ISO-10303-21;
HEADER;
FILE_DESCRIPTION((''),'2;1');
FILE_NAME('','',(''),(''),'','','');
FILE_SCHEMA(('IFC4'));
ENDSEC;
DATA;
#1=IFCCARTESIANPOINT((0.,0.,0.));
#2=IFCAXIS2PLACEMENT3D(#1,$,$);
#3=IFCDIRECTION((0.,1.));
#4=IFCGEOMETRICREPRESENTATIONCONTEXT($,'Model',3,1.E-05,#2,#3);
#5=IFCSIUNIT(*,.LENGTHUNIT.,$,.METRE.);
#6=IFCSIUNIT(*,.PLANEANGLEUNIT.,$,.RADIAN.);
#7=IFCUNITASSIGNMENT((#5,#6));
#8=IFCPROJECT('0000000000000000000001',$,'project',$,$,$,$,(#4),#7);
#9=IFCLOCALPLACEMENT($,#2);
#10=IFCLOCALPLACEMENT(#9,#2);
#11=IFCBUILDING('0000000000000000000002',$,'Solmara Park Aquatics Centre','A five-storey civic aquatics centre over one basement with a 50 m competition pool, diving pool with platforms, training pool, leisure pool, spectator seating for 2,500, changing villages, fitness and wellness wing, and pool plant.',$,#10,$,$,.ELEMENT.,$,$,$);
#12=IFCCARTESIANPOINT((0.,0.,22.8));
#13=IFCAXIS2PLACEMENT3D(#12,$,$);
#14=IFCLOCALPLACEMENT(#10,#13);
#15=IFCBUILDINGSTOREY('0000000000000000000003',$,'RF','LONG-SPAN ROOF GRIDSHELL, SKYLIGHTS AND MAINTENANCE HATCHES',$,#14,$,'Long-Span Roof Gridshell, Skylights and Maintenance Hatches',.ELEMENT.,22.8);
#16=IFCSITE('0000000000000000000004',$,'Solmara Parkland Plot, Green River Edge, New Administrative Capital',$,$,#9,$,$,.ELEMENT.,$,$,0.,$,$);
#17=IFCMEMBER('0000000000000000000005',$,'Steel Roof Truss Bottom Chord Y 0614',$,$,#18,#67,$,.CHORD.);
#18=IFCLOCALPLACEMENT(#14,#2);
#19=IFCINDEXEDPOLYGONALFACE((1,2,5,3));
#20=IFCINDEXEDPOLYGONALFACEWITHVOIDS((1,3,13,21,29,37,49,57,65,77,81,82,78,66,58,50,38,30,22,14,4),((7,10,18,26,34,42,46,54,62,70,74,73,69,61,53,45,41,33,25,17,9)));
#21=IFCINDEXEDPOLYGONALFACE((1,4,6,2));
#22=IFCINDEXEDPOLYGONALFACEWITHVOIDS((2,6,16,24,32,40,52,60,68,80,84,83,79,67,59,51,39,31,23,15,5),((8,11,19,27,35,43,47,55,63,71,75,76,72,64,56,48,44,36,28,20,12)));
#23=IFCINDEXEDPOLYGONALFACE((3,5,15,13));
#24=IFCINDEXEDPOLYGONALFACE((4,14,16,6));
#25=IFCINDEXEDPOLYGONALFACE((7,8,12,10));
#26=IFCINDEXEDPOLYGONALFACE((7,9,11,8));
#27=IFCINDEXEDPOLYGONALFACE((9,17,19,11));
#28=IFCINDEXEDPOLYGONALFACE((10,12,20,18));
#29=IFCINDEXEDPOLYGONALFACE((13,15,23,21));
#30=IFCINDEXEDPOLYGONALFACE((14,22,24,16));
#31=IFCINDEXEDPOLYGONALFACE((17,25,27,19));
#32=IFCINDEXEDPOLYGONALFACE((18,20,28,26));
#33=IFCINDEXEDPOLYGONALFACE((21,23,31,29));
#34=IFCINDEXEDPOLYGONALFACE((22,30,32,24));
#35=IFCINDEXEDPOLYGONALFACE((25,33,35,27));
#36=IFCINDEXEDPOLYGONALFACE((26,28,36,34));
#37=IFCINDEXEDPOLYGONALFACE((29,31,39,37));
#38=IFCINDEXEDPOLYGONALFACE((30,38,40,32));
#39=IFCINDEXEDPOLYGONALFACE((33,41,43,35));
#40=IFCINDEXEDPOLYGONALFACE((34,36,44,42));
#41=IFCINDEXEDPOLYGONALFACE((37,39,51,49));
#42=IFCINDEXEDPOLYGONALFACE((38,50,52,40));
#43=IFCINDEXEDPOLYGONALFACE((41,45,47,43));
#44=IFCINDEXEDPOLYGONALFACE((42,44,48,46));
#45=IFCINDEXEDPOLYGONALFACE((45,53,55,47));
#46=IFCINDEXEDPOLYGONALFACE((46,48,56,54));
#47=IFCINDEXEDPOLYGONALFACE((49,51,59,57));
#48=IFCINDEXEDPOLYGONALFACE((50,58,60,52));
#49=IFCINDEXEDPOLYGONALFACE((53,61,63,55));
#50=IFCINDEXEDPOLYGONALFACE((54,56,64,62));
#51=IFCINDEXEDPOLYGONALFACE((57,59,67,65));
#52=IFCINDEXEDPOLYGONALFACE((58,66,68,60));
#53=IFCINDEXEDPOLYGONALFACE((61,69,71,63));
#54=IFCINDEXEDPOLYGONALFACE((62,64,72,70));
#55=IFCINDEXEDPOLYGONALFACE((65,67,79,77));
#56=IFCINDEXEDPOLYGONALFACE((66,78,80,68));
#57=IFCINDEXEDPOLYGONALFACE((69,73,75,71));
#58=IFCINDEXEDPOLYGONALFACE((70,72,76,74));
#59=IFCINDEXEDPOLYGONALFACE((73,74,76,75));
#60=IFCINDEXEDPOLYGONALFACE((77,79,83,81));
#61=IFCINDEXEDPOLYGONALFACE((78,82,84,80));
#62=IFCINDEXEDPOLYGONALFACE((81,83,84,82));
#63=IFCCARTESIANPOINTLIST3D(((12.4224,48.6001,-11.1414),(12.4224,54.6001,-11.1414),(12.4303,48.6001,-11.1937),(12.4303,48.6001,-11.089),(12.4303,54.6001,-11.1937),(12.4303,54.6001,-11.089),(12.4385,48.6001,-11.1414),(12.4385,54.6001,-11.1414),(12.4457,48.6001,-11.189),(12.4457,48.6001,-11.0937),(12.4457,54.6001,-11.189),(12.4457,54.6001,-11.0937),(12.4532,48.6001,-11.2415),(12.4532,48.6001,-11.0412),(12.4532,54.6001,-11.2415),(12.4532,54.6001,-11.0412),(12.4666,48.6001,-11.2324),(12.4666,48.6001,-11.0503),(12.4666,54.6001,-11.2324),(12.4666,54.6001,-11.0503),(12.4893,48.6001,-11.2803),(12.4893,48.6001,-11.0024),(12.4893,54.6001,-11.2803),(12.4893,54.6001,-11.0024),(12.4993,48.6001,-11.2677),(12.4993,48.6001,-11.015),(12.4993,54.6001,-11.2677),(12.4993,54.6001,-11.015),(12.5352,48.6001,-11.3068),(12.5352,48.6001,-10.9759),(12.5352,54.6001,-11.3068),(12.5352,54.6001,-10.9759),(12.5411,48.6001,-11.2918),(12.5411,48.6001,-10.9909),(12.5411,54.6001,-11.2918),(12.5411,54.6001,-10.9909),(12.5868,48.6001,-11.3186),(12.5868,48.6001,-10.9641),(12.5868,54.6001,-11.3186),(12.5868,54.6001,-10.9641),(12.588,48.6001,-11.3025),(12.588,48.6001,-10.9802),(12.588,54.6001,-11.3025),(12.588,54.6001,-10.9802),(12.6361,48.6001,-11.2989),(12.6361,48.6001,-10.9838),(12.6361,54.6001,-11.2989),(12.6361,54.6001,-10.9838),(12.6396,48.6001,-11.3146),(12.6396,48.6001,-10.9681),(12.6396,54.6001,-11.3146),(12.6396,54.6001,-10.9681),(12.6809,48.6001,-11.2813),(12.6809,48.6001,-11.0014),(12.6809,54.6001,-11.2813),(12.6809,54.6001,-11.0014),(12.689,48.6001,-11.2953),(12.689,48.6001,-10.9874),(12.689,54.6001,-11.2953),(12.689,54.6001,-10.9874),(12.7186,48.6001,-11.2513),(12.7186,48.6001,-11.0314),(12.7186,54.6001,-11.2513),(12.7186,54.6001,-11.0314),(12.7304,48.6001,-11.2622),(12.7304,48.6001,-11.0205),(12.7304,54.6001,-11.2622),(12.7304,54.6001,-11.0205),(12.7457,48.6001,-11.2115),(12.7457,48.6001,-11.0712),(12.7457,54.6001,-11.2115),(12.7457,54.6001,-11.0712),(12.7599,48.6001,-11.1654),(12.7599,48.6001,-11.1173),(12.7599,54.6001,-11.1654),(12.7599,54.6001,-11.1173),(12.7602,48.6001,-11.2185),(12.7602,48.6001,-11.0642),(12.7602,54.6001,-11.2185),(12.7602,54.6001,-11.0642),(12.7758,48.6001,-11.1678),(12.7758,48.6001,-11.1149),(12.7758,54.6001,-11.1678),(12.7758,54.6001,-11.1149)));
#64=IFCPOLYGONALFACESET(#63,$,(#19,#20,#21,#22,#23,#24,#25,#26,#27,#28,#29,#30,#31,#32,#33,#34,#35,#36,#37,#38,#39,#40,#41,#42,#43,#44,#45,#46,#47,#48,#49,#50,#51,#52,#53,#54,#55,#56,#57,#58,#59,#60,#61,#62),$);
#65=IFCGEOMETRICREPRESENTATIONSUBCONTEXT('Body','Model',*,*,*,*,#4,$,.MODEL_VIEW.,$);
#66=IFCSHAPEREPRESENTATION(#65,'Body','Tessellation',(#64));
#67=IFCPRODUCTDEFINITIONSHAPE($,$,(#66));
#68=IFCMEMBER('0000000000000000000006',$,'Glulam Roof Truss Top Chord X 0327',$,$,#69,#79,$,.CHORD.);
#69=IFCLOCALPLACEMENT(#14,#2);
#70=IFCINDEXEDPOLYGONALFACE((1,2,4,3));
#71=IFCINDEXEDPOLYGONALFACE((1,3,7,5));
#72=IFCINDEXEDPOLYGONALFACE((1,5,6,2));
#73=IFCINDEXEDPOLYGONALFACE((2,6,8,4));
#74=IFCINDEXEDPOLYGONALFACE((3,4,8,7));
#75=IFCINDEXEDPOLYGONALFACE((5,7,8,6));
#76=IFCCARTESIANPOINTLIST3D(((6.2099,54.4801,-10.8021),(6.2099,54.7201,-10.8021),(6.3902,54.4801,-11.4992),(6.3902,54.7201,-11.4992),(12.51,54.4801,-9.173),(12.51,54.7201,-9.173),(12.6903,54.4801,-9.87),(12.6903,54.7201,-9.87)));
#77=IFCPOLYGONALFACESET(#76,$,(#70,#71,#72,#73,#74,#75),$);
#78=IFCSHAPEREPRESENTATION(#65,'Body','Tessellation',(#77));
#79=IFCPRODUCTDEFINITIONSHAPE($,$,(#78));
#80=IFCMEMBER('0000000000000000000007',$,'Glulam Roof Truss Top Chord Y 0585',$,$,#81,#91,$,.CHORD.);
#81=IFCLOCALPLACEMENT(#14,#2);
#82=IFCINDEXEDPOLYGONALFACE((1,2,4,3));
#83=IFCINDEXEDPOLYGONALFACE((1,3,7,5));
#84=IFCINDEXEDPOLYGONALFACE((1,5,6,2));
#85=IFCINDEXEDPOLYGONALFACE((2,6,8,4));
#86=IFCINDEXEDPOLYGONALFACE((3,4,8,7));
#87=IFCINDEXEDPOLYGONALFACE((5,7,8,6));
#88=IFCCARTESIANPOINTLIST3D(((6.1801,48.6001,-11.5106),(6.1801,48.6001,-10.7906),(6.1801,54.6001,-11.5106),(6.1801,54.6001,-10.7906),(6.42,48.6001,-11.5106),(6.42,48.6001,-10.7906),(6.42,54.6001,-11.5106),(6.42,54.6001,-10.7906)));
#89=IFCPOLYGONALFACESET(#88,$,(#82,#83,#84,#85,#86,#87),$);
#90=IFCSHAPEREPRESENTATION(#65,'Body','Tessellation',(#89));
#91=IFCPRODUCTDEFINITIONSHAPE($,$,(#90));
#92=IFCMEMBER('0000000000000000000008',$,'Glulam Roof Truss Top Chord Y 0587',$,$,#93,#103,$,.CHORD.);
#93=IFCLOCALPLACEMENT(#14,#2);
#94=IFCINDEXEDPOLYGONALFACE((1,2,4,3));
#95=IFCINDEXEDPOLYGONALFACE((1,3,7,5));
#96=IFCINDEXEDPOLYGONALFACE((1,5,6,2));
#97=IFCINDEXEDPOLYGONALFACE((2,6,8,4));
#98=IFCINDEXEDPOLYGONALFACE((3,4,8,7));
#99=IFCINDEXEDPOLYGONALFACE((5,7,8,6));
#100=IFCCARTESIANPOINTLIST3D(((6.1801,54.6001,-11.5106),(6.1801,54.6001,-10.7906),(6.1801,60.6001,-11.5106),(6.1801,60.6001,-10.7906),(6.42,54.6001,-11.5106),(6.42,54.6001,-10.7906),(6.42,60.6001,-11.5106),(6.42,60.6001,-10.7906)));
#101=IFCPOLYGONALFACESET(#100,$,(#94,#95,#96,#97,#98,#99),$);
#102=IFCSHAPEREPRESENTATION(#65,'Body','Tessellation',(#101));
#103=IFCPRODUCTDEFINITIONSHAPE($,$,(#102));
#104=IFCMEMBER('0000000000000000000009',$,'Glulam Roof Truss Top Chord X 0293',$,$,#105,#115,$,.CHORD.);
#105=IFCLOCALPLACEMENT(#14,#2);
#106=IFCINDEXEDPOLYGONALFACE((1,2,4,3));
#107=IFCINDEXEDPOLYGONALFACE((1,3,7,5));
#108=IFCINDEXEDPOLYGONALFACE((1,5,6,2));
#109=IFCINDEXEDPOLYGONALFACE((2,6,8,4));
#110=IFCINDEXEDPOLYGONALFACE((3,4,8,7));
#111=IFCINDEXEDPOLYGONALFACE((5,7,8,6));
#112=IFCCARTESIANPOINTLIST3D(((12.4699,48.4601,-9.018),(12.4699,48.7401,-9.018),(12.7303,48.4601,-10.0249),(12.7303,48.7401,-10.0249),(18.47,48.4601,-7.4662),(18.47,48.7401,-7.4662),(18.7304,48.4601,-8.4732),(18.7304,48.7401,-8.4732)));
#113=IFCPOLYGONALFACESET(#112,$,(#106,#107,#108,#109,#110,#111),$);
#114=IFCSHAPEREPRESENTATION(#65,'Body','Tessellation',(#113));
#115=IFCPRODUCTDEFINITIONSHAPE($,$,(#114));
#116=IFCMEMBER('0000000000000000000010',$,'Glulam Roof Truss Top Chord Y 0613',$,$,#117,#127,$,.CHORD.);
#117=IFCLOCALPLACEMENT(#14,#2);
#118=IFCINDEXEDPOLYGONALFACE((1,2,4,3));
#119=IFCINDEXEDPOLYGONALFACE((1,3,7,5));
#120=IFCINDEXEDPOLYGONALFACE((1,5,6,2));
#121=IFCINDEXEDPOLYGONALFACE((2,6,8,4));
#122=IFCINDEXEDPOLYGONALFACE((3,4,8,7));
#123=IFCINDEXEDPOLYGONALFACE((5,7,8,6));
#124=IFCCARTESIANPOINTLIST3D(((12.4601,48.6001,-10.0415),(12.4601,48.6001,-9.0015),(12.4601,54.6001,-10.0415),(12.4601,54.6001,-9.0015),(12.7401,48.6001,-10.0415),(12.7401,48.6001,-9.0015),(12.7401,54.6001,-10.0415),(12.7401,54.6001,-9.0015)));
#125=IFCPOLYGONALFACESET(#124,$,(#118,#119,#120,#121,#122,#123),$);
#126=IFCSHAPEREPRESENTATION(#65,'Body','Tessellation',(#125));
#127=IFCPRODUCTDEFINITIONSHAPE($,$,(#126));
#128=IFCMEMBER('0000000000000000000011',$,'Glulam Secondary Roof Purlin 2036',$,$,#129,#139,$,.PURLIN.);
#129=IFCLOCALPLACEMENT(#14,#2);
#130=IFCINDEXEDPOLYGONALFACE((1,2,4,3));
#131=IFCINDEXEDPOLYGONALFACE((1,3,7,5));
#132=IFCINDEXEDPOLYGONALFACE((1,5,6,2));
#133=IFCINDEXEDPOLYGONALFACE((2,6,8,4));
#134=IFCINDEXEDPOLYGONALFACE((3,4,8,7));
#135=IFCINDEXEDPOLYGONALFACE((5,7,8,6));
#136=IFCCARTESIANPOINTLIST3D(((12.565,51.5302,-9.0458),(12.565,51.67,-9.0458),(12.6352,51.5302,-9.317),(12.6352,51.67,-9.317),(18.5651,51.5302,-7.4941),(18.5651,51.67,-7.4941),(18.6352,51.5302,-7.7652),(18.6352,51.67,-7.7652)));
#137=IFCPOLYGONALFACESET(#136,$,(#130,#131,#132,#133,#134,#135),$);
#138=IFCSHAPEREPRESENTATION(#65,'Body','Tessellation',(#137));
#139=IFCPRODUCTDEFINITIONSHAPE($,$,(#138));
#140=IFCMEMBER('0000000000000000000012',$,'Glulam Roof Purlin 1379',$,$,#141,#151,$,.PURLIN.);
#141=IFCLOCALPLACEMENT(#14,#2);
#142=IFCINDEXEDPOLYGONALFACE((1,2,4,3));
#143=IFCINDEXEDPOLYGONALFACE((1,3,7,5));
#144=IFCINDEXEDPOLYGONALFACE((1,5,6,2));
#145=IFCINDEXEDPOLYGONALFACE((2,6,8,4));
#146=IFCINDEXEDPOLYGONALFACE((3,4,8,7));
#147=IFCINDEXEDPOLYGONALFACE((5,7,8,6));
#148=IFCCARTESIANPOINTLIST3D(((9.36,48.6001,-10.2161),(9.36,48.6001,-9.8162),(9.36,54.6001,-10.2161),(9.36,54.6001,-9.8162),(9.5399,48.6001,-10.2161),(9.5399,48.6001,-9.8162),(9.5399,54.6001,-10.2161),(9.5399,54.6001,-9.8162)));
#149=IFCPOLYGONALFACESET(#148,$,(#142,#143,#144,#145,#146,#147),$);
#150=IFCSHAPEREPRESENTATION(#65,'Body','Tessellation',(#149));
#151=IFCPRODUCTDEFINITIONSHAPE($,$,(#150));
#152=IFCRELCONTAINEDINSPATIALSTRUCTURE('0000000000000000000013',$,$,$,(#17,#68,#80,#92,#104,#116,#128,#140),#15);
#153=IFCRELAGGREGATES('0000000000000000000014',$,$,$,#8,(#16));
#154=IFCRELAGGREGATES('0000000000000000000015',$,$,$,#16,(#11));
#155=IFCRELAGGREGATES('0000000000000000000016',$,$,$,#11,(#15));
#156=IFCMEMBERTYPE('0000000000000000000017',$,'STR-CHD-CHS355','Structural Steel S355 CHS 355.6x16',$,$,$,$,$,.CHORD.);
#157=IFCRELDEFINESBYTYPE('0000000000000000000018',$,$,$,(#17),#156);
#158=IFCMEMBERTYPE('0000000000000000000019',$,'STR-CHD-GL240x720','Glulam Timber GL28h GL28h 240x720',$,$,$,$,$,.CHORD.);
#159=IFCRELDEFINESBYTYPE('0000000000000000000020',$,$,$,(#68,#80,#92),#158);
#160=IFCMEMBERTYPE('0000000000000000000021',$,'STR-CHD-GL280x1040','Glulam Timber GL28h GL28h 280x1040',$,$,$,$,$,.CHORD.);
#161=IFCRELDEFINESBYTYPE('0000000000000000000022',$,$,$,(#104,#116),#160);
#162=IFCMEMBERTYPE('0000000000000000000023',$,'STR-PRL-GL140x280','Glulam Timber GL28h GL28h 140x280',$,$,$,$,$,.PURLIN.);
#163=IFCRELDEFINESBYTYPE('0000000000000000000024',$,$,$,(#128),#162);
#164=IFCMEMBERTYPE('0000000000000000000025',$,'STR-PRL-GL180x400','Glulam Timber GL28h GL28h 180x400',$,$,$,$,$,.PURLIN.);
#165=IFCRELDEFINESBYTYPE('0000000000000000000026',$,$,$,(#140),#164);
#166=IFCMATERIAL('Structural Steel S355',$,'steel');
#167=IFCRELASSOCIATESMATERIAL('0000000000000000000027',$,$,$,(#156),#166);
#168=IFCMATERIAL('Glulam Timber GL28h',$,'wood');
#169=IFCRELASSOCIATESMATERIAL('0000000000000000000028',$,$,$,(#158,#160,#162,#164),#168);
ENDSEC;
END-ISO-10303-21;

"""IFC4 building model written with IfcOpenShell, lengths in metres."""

from ifc_helpers import new_model, si_unit, direction, frame, origin, origin_2d, place, context, subcontext, project, spatial, rectangle, hollow_circle, extrude, material, material_profile, profile_set, type_object, element, save


model = new_model("IFC4")

# Units and contexts
model_context = context("Model", 3, precision=1e-05, world=origin(), true_north=direction((0.0, 1.0)))
body_context = subcontext(model_context, "Body", "Model", "MODEL_VIEW")
ifc_project = project(units=[si_unit("LENGTHUNIT", "METRE"), si_unit("PLANEANGLEUNIT", "RADIAN")], contexts=[model_context])

# Site, building, storey
site_placement = place(None, origin())
site = spatial("IfcSite", under=ifc_project, at=site_placement, Name="Solmara Parkland Plot, Green River Edge, New Administrative Capital", CompositionType="ELEMENT", RefElevation=0.0)
building_placement = place(site_placement, origin())
building = spatial("IfcBuilding", under=site, at=building_placement, Name="Solmara Park Aquatics Centre", Description="A five-storey civic aquatics centre over one basement with a 50 m competition pool, diving pool with platforms, training pool, leisure pool, spectator seating for 2,500, changing villages, fitness and wellness wing, and pool plant.", CompositionType="ELEMENT")
storey_placement = place(building_placement, frame((0.0, 0.0, 22.8)))
storey = spatial("IfcBuildingStorey", under=building, at=storey_placement, Name="RF", Description="LONG-SPAN ROOF GRIDSHELL, SKYLIGHTS AND MAINTENANCE HATCHES", LongName="Long-Span Roof Gridshell, Skylights and Maintenance Hatches", CompositionType="ELEMENT", Elevation=22.8)

# Members
ifc_material_1 = material(Name="Structural Steel S355", Category="steel")
ifc_material_profile_1 = material_profile(ifc_material_1, hollow_circle(Radius=0.1777, WallThickness=0.0161, at=origin_2d()), Name="CHS 355.6x16")
ifc_profile_set_1 = profile_set([ifc_material_profile_1], Name="Structural Steel S355")
member_type_1 = type_object("IfcMemberType", Name="STR-CHD-CHS355", Description="Structural Steel S355 CHS 355.6x16", PredefinedType="CHORD", material=ifc_profile_set_1)
member_1_placement = place(storey_placement, frame((12.6001, 48.6001, -11.1414), z_axis=(0.0, 1.0, 0.0), x_axis=(-1.0, 0.0, 0.0)))
element("IfcMember", 1, at=member_1_placement, inside=storey, type_object=member_type_1, Name="Steel Roof Truss Bottom Chord Y 0614", PredefinedType="CHORD", context=body_context, shape_type="SweptSolid", body=[
    extrude(hollow_circle(Radius=0.1777, WallThickness=0.0161, at=origin_2d()), origin(), (0.0, 0.0, 1.0), 6.0),
])
ifc_material_2 = material(Name="Glulam Timber GL28h", Category="wood")
ifc_material_profile_2 = material_profile(ifc_material_2, rectangle(XDim=0.24, YDim=0.72, at=origin_2d()), Name="GL28h 240x720")
ifc_profile_set_2 = profile_set([ifc_material_profile_2], Name="Glulam Timber GL28h")
member_type_2 = type_object("IfcMemberType", Name="STR-CHD-GL240x720", Description="Glulam Timber GL28h GL28h 240x720", PredefinedType="CHORD", material=ifc_profile_set_2)
member_2_placement = place(storey_placement, frame((6.3, 54.6001, -11.1506), z_axis=(0.968153, 0.0, 0.250358), x_axis=(0.0, 1.0, 0.0)))
element("IfcMember", 2, at=member_2_placement, inside=storey, type_object=member_type_2, Name="Glulam Roof Truss Top Chord X 0327", PredefinedType="CHORD", context=body_context, shape_type="SweptSolid", body=[
    extrude(rectangle(XDim=0.24, YDim=0.72, at=origin_2d()), origin(), (0.0, 0.0, 1.0), 6.5073),
])
for number, where, z_axis, x_axis, name in (
    (3, (6.3, 48.6001, -11.1506), (0.0, 1.0, 0.0), (-1.0, 0.0, 0.0), "Glulam Roof Truss Top Chord Y 0585"),
    (4, (6.3, 54.6001, -11.1506), (0.0, 1.0, 0.0), (-1.0, 0.0, 0.0), "Glulam Roof Truss Top Chord Y 0587"),
):
    element("IfcMember", number, at=place(storey_placement, frame(where, z_axis=z_axis, x_axis=x_axis)), inside=storey, type_object=member_type_2, Name=name, PredefinedType="CHORD", context=body_context, shape_type="SweptSolid", body=[
        extrude(rectangle(XDim=0.24, YDim=0.72, at=origin_2d()), origin(), (0.0, 0.0, 1.0), 6.0),
    ])
ifc_material_profile_3 = material_profile(ifc_material_2, rectangle(XDim=0.28, YDim=1.04, at=origin_2d()), Name="GL28h 280x1040")
ifc_profile_set_3 = profile_set([ifc_material_profile_3], Name="Glulam Timber GL28h")
member_type_3 = type_object("IfcMemberType", Name="STR-CHD-GL280x1040", Description="Glulam Timber GL28h GL28h 280x1040", PredefinedType="CHORD", material=ifc_profile_set_3)
member_3_placement = place(storey_placement, frame((12.6001, 48.6001, -9.5215), z_axis=(0.968146, 0.0, 0.250388), x_axis=(0.0, 1.0, 0.0)))
element("IfcMember", 5, at=member_3_placement, inside=storey, type_object=member_type_3, Name="Glulam Roof Truss Top Chord X 0293", PredefinedType="CHORD", context=body_context, shape_type="SweptSolid", body=[
    extrude(rectangle(XDim=0.28, YDim=1.04, at=origin_2d()), origin(), (0.0, 0.0, 1.0), 6.1975),
])
member_4_placement = place(storey_placement, frame((12.6001, 48.6001, -9.5215), z_axis=(0.0, 1.0, 0.0), x_axis=(-1.0, 0.0, 0.0)))
element("IfcMember", 6, at=member_4_placement, inside=storey, type_object=member_type_3, Name="Glulam Roof Truss Top Chord Y 0613", PredefinedType="CHORD", context=body_context, shape_type="SweptSolid", body=[
    extrude(rectangle(XDim=0.28, YDim=1.04, at=origin_2d()), origin(), (0.0, 0.0, 1.0), 6.0),
])
ifc_material_profile_4 = material_profile(ifc_material_2, rectangle(XDim=0.1399, YDim=0.28, at=origin_2d()), Name="GL28h 140x280")
ifc_profile_set_4 = profile_set([ifc_material_profile_4], Name="Glulam Timber GL28h")
member_type_4 = type_object("IfcMemberType", Name="STR-PRL-GL140x280", Description="Glulam Timber GL28h GL28h 140x280", PredefinedType="PURLIN", material=ifc_profile_set_4)
member_5_placement = place(storey_placement, frame((12.6001, 51.6001, -9.1814), z_axis=(0.968146, 0.0, 0.250388), x_axis=(0.0, 1.0, 0.0)))
element("IfcMember", 7, at=member_5_placement, inside=storey, type_object=member_type_4, Name="Glulam Secondary Roof Purlin 2036", PredefinedType="PURLIN", context=body_context, shape_type="SweptSolid", body=[
    extrude(rectangle(XDim=0.1399, YDim=0.28, at=origin_2d()), origin(), (0.0, 0.0, 1.0), 6.1975),
])
ifc_material_profile_5 = material_profile(ifc_material_2, rectangle(XDim=0.1799, YDim=0.3999, at=origin_2d()), Name="GL28h 180x400")
ifc_profile_set_5 = profile_set([ifc_material_profile_5], Name="Glulam Timber GL28h")
member_type_5 = type_object("IfcMemberType", Name="STR-PRL-GL180x400", Description="Glulam Timber GL28h GL28h 180x400", PredefinedType="PURLIN", material=ifc_profile_set_5)
member_6_placement = place(storey_placement, frame((9.45, 48.6001, -10.0161), z_axis=(0.0, 1.0, 0.0), x_axis=(-1.0, 0.0, 0.0)))
element("IfcMember", 8, at=member_6_placement, inside=storey, type_object=member_type_5, Name="Glulam Roof Purlin 1379", PredefinedType="PURLIN", context=body_context, shape_type="SweptSolid", body=[
    extrude(rectangle(XDim=0.1799, YDim=0.3999, at=origin_2d()), origin(), (0.0, 0.0, 1.0), 6.0),
])

save(model, "model.ifc")
